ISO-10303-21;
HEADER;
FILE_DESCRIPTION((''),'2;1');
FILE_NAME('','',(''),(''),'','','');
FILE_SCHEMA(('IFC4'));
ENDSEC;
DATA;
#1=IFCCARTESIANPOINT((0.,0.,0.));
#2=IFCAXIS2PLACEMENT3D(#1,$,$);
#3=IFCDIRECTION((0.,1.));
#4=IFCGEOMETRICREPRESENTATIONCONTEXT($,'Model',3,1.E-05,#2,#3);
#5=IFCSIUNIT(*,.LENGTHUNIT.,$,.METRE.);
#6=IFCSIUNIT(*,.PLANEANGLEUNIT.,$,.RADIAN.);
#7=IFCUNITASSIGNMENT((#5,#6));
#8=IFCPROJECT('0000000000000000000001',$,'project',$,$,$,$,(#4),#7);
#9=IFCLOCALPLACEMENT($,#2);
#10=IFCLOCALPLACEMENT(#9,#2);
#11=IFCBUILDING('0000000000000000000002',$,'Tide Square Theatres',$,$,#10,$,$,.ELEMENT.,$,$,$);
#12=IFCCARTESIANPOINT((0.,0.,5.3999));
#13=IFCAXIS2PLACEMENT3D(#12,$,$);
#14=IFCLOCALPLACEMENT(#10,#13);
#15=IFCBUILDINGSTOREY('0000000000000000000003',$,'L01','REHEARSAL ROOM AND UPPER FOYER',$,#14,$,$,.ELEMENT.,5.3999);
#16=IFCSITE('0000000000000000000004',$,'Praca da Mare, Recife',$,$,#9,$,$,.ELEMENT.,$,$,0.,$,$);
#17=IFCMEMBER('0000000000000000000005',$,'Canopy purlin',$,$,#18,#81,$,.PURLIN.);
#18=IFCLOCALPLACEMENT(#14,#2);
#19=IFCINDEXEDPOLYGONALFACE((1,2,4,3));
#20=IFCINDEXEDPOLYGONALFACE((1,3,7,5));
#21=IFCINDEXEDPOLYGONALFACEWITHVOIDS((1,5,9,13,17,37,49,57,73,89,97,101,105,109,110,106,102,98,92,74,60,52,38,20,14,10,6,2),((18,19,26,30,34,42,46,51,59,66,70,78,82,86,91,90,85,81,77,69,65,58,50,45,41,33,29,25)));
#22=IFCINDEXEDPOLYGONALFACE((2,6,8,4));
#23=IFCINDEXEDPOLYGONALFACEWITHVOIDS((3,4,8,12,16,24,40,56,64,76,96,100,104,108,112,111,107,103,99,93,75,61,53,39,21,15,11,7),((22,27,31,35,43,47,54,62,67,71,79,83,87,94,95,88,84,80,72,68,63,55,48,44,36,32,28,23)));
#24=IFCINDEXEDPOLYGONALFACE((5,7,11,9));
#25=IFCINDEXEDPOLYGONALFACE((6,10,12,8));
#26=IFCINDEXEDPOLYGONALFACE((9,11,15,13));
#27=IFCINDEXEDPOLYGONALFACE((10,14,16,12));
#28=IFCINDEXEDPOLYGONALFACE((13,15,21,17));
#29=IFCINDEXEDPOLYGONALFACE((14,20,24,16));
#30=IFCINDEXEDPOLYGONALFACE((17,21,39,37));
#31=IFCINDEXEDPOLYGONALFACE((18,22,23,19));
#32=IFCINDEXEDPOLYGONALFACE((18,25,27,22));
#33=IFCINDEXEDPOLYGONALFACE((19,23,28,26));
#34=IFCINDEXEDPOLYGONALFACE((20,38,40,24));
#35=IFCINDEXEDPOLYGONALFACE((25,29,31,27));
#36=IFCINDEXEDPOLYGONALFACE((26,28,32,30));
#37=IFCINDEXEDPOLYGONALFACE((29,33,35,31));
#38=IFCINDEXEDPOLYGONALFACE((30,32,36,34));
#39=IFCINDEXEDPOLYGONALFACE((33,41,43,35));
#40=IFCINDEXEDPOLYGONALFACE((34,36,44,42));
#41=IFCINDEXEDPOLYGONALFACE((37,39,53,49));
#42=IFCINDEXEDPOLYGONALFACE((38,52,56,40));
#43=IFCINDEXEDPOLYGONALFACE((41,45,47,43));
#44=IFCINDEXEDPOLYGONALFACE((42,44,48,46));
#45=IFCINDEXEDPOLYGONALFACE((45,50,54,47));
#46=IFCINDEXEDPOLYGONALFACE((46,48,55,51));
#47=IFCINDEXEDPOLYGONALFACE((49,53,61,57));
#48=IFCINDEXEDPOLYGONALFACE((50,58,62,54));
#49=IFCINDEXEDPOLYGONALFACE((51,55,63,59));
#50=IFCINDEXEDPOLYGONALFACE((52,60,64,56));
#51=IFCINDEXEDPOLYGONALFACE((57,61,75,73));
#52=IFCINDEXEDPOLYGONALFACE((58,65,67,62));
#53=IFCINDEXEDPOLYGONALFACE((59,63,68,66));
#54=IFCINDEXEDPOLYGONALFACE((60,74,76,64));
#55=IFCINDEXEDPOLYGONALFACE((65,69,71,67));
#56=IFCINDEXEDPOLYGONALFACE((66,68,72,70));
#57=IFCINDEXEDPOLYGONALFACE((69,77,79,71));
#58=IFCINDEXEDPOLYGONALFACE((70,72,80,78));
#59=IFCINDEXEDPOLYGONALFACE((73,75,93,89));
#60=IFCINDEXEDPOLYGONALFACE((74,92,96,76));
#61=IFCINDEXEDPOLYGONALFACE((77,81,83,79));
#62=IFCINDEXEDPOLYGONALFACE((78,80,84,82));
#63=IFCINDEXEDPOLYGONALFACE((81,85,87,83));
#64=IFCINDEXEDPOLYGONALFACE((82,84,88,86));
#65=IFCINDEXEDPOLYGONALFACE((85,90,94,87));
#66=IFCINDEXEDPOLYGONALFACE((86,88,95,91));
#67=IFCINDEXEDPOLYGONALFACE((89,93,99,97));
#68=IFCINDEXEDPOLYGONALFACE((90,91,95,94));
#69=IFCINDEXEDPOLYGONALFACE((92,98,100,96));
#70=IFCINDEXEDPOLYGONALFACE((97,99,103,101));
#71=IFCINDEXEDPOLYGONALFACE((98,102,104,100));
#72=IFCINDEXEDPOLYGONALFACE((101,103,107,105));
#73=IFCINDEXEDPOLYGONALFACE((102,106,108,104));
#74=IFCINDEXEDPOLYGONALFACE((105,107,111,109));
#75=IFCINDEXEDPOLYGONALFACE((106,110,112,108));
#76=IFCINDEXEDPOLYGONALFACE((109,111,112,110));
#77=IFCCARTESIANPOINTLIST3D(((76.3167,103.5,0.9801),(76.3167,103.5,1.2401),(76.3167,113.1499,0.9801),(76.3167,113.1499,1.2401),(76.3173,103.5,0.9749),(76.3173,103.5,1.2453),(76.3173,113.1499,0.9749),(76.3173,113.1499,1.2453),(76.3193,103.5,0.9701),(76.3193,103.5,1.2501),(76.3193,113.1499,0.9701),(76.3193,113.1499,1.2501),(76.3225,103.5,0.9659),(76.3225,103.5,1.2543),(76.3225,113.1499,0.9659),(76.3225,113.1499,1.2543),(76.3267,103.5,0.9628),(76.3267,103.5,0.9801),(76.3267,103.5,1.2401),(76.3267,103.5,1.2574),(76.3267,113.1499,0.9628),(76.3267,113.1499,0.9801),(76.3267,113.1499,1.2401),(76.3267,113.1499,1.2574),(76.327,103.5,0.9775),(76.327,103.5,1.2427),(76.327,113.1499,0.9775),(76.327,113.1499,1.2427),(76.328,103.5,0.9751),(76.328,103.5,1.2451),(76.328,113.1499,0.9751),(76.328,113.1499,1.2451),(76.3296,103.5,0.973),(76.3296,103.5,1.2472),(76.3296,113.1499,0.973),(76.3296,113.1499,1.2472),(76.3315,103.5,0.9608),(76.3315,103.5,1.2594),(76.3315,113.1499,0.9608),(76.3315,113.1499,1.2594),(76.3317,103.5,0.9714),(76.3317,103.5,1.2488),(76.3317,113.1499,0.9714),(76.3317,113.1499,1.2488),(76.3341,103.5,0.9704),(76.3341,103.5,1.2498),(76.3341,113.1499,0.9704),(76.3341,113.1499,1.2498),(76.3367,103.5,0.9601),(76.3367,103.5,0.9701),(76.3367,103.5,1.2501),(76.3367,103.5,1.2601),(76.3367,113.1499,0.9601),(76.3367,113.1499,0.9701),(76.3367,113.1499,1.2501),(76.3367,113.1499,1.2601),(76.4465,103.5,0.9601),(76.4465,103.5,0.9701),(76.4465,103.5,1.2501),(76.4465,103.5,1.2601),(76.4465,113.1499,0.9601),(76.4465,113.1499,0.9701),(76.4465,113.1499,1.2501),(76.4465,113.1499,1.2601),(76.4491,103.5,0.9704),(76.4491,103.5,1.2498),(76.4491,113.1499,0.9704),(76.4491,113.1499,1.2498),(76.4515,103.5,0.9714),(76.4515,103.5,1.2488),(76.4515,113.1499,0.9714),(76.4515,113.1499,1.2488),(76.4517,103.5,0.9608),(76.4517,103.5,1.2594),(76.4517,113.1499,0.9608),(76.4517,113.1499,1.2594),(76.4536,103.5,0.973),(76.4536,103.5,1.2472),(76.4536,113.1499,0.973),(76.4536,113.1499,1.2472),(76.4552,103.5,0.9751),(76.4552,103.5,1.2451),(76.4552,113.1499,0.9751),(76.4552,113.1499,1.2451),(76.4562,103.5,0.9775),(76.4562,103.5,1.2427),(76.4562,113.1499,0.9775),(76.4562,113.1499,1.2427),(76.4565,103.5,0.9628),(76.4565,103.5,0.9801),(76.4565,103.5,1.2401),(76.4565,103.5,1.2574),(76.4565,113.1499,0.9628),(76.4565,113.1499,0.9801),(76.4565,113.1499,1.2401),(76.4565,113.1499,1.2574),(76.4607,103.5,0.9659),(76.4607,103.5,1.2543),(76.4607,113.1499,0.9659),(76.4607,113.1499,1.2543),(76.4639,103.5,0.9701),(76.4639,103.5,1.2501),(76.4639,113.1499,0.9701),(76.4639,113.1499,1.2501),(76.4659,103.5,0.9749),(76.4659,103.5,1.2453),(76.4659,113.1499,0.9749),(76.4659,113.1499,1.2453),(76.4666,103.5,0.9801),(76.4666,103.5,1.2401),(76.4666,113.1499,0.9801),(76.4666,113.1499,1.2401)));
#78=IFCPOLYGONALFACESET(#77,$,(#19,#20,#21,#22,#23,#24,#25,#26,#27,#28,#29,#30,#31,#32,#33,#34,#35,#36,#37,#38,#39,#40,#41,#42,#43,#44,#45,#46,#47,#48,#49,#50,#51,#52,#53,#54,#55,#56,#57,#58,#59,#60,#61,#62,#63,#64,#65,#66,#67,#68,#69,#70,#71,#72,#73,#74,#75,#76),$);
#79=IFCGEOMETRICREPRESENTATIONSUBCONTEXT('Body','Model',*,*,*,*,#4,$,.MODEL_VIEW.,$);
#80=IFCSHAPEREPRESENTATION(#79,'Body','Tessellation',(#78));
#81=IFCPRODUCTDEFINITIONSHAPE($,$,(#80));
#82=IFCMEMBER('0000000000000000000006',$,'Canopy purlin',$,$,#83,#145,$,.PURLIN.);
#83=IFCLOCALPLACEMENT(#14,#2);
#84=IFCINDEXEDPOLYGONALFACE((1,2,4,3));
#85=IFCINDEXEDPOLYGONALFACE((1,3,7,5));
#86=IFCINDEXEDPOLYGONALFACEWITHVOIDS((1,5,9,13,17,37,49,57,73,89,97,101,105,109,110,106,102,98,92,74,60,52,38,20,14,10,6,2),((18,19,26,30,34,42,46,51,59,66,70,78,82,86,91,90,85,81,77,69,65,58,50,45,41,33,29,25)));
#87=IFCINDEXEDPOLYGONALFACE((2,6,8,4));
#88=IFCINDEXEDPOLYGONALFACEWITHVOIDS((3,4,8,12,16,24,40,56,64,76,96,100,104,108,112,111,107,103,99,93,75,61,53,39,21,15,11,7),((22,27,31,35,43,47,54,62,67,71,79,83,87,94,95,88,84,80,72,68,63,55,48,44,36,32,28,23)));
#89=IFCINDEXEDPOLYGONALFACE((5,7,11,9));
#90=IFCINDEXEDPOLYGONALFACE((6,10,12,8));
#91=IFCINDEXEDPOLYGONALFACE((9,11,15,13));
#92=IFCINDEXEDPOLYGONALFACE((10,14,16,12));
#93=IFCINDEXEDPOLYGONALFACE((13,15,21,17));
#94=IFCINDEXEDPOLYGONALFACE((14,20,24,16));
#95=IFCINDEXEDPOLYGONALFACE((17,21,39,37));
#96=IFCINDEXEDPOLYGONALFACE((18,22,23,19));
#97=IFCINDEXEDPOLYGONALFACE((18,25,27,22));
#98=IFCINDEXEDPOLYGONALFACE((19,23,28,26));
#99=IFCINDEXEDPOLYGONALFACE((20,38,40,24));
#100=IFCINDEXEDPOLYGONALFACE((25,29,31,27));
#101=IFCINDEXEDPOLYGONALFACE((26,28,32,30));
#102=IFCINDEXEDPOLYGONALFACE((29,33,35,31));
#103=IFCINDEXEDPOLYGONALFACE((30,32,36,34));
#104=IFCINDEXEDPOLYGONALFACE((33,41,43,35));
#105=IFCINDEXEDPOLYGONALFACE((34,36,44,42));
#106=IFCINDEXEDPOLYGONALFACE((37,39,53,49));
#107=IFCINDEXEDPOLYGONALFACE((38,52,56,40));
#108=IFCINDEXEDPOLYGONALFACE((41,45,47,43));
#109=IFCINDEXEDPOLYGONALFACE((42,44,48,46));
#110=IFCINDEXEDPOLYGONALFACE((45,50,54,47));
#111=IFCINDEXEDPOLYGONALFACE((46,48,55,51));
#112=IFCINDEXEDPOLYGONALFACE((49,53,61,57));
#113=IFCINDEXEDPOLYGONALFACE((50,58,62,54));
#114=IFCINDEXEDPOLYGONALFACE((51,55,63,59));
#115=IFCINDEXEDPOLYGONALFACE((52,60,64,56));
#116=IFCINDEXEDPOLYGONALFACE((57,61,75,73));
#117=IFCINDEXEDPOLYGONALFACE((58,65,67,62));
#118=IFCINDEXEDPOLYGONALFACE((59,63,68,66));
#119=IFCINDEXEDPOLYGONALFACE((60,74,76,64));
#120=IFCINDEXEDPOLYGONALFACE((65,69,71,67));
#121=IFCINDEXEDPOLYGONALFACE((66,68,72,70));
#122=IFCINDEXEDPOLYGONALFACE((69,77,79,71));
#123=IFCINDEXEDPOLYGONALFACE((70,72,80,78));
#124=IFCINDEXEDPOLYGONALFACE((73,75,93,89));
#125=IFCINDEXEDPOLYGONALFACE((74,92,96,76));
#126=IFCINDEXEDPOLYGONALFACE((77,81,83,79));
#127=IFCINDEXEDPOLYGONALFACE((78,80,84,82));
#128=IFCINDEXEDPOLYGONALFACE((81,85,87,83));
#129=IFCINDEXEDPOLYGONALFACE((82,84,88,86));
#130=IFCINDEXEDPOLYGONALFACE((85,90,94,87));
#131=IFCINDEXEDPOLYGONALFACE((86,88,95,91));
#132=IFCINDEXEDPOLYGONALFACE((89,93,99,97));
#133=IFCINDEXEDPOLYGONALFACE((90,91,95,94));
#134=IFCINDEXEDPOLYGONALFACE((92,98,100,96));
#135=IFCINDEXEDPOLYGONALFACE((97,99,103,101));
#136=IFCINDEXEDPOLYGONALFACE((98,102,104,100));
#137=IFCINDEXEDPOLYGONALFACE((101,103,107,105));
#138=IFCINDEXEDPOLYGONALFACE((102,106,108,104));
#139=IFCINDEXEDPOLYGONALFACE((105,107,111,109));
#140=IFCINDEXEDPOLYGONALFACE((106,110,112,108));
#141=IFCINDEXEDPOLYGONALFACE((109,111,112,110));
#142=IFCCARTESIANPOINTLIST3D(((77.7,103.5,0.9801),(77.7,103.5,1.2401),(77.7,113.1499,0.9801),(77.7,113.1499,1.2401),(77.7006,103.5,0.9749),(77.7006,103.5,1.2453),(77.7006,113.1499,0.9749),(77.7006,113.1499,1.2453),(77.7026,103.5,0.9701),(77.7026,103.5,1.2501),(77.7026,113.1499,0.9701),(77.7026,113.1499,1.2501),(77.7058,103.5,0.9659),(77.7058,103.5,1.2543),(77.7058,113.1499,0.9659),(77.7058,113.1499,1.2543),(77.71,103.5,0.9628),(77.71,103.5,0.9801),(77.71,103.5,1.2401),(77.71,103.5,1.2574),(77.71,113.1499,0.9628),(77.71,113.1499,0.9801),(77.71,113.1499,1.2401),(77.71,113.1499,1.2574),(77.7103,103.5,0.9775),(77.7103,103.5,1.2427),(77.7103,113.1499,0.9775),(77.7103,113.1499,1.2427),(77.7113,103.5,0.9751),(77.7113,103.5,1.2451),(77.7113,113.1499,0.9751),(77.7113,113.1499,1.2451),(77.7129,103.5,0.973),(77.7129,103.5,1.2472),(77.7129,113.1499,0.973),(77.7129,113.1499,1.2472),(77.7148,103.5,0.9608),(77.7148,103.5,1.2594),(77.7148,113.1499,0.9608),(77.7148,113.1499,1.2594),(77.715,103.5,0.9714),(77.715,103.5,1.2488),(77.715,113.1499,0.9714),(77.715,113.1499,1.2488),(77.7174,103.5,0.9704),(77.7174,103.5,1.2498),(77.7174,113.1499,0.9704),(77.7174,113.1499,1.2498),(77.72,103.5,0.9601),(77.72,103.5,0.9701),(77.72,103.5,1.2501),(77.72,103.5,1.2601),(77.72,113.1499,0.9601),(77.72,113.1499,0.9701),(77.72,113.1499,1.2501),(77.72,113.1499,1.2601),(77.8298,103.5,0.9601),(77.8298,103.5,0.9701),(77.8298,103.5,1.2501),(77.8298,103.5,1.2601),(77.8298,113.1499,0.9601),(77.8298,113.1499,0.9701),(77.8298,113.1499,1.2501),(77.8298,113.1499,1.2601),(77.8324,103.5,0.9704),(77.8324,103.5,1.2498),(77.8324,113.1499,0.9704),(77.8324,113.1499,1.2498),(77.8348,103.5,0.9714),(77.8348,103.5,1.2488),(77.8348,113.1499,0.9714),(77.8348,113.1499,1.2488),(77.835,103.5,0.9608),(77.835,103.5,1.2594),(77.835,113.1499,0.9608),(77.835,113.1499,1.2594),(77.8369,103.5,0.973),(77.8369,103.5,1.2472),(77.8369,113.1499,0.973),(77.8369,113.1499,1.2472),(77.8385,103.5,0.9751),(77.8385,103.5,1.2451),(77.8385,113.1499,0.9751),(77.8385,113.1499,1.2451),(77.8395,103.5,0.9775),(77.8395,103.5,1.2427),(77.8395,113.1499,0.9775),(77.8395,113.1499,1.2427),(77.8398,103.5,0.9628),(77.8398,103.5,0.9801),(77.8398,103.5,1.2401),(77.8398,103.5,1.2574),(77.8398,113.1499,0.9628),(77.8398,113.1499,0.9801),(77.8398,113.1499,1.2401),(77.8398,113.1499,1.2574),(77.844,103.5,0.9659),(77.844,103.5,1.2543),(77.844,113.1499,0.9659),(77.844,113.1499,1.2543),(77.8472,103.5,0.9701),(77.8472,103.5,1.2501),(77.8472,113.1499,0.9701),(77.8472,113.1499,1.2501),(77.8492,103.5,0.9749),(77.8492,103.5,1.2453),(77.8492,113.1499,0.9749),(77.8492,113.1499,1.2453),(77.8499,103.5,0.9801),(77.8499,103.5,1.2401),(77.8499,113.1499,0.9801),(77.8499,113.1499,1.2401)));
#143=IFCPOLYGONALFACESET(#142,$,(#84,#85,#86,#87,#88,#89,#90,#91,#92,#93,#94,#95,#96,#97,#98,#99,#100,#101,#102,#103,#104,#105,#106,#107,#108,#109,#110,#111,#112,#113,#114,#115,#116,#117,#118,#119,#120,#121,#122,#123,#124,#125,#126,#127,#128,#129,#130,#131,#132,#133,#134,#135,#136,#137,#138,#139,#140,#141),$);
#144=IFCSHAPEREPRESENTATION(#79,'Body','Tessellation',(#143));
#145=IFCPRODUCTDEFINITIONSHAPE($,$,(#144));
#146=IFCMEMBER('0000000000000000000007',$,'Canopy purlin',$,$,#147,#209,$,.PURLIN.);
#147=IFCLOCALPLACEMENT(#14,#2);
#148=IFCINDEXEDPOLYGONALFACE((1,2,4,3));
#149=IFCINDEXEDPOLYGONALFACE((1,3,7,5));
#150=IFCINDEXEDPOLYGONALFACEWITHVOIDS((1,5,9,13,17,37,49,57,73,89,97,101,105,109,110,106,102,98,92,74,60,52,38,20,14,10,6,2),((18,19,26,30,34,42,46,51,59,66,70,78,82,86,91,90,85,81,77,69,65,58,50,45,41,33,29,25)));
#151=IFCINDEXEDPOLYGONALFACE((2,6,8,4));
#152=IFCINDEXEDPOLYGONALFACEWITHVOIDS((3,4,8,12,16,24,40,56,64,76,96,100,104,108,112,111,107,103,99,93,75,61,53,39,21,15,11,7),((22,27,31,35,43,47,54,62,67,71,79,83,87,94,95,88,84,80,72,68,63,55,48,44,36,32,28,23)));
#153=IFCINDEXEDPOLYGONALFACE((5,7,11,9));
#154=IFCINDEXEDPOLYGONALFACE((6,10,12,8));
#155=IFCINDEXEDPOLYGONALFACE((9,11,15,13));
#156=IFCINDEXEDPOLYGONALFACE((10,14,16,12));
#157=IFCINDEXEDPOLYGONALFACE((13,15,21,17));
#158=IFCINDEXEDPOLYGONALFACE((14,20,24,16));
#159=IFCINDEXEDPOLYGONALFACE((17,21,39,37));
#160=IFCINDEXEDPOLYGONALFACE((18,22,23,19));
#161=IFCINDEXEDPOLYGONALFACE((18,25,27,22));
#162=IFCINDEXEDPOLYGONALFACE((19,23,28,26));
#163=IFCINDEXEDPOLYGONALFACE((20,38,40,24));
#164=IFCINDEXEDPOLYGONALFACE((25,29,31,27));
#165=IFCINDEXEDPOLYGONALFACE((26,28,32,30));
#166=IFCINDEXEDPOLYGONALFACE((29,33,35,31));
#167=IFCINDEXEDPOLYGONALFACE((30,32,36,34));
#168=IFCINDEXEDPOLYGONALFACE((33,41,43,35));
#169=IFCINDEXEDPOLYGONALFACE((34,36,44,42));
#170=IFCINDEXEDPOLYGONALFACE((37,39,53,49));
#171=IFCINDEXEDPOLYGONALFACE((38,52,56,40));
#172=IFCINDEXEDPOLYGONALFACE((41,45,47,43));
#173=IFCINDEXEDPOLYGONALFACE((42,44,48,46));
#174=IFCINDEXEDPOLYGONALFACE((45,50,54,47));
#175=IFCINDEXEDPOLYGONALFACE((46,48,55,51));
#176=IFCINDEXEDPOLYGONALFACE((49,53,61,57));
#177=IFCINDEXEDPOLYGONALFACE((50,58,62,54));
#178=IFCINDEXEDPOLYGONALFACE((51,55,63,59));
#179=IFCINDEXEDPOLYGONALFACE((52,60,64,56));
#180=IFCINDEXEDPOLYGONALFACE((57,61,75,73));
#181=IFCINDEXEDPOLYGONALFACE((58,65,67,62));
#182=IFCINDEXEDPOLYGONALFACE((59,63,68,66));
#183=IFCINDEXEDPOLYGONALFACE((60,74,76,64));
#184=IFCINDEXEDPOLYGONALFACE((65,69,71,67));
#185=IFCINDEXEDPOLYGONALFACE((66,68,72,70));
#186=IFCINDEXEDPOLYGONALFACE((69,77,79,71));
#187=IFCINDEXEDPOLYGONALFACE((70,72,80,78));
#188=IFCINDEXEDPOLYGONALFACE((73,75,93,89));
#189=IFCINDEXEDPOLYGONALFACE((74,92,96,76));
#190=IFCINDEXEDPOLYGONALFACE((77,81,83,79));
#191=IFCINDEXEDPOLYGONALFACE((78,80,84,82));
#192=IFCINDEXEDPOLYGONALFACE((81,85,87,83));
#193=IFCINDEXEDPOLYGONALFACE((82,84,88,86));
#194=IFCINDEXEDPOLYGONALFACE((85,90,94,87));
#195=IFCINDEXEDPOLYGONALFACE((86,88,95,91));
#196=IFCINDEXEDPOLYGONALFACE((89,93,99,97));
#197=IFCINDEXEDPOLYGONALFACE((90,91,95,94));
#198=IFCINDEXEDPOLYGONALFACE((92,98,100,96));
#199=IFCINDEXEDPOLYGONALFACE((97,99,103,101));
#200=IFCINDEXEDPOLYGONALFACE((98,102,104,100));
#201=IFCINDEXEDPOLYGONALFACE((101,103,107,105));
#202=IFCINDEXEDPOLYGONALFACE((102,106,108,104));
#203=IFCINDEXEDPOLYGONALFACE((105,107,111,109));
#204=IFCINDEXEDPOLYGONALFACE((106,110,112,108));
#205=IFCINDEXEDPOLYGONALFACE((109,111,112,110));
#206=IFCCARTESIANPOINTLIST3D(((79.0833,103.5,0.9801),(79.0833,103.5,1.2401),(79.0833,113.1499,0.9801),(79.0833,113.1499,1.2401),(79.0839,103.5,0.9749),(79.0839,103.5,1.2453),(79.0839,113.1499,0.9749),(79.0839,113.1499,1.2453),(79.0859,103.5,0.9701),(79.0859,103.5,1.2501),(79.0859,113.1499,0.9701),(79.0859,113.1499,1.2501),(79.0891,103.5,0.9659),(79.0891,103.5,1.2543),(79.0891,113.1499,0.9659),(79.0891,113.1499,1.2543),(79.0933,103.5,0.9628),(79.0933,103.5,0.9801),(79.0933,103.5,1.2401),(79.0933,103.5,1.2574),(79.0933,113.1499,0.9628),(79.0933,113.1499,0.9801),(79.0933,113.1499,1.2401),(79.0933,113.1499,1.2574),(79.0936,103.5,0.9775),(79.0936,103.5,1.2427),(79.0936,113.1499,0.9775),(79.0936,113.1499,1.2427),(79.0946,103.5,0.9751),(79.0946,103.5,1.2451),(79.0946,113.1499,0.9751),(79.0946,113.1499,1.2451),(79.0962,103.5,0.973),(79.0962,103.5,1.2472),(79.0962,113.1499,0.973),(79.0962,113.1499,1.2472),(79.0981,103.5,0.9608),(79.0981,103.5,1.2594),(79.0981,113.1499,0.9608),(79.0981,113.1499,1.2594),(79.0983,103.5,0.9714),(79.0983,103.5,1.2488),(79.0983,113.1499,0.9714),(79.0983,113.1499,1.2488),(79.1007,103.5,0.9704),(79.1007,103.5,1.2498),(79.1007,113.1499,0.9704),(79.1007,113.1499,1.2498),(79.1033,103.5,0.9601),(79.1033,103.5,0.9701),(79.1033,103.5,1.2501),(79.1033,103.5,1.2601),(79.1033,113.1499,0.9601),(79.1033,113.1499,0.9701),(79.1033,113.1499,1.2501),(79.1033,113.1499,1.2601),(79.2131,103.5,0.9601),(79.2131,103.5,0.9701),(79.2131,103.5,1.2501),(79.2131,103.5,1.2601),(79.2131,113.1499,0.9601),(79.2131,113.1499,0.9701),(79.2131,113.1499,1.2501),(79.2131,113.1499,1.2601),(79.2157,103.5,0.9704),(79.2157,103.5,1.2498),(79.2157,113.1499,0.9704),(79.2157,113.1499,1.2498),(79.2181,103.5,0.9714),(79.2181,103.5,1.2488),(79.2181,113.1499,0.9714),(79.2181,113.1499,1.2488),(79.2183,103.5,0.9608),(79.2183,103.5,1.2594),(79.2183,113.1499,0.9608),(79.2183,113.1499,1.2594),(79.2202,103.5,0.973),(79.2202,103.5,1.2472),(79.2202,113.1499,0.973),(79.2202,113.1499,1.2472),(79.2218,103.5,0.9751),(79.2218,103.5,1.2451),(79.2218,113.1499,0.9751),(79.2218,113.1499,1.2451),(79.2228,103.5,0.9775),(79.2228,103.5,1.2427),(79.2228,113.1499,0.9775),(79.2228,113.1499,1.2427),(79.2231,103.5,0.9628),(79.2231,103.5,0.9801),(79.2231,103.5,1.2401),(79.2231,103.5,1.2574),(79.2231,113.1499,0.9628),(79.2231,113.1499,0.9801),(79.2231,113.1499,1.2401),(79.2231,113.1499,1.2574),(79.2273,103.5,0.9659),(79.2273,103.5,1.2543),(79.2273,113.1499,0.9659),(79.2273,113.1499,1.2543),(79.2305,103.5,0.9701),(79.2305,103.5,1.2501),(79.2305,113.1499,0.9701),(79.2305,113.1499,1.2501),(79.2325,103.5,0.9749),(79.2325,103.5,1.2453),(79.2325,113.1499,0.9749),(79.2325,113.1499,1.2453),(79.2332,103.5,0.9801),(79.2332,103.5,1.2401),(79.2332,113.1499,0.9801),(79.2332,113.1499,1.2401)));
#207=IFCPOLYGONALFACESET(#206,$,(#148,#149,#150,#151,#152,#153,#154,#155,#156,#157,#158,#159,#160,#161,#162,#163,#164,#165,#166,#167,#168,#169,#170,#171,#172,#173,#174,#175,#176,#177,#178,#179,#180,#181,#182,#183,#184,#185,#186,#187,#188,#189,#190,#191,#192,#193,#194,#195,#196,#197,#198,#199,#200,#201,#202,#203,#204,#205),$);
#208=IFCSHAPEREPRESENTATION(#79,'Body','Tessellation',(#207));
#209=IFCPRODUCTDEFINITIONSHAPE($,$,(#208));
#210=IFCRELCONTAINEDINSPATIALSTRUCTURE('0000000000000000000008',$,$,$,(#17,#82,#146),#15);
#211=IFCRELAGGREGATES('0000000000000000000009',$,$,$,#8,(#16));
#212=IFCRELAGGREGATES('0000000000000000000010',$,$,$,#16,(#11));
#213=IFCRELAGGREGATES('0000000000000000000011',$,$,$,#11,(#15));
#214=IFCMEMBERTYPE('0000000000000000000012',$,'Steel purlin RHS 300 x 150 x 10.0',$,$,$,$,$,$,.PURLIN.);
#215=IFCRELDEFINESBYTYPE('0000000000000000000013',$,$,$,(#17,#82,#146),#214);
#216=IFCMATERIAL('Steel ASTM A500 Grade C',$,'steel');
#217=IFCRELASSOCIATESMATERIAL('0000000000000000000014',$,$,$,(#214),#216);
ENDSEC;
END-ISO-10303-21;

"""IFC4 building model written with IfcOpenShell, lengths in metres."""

from ifc_helpers import new_model, si_unit, direction, frame, origin, origin_2d, place, context, subcontext, project, spatial, hollow_rectangle, extrude, material, material_profile, profile_set, type_object, element, save


model = new_model("IFC4")

# Units and contexts
model_context = context("Model", 3, precision=1e-05, world=origin(), true_north=direction((0.0, 1.0)))
body_context = subcontext(model_context, "Body", "Model", "MODEL_VIEW")
ifc_project = project(units=[si_unit("LENGTHUNIT", "METRE"), si_unit("PLANEANGLEUNIT", "RADIAN")], contexts=[model_context])

# Site, building, storey
site_placement = place(None, origin())
site = spatial("IfcSite", under=ifc_project, at=site_placement, Name="Praca da Mare, Recife", CompositionType="ELEMENT", RefElevation=0.0)
building_placement = place(site_placement, origin())
building = spatial("IfcBuilding", under=site, at=building_placement, Name="Tide Square Theatres", CompositionType="ELEMENT")
storey_placement = place(building_placement, frame((0.0, 0.0, 5.3999)))
storey = spatial("IfcBuildingStorey", under=building, at=storey_placement, Name="L01", Description="REHEARSAL ROOM AND UPPER FOYER", CompositionType="ELEMENT", Elevation=5.3999)

# Members
ifc_material_1 = material(Name="Steel ASTM A500 Grade C", Category="steel")
ifc_material_profile_1 = material_profile(ifc_material_1, hollow_rectangle(XDim=0.1499, YDim=0.3, WallThickness=0.01, InnerFilletRadius=0.01, OuterFilletRadius=0.02, at=origin_2d()))
ifc_profile_set_1 = profile_set([ifc_material_profile_1], Name="Steel ASTM A500 Grade C")
member_type = type_object("IfcMemberType", Name="Steel purlin RHS 300 x 150 x 10.0", PredefinedType="PURLIN", material=ifc_profile_set_1)
for number, where, z_axis, x_axis, name in (
    (1, (76.3916, 103.5, 1.1101), (0.0, 1.0, 0.0), (-1.0, 0.0, 0.0), "Canopy purlin"),
    (2, (77.7749, 103.5, 1.1101), (0.0, 1.0, 0.0), (-1.0, 0.0, 0.0), "Canopy purlin"),
    (3, (79.1582, 103.5, 1.1101), (0.0, 1.0, 0.0), (-1.0, 0.0, 0.0), "Canopy purlin"),
):
    element("IfcMember", number, at=place(storey_placement, frame(where, z_axis=z_axis, x_axis=x_axis)), inside=storey, type_object=member_type, Name=name, PredefinedType="PURLIN", context=body_context, shape_type="SweptSolid", body=[
        extrude(hollow_rectangle(XDim=0.1499, YDim=0.3, WallThickness=0.01, InnerFilletRadius=0.01, OuterFilletRadius=0.02, at=origin_2d()), origin(), (0.0, 0.0, 1.0), 9.6499),
    ])

save(model, "model.ifc")
